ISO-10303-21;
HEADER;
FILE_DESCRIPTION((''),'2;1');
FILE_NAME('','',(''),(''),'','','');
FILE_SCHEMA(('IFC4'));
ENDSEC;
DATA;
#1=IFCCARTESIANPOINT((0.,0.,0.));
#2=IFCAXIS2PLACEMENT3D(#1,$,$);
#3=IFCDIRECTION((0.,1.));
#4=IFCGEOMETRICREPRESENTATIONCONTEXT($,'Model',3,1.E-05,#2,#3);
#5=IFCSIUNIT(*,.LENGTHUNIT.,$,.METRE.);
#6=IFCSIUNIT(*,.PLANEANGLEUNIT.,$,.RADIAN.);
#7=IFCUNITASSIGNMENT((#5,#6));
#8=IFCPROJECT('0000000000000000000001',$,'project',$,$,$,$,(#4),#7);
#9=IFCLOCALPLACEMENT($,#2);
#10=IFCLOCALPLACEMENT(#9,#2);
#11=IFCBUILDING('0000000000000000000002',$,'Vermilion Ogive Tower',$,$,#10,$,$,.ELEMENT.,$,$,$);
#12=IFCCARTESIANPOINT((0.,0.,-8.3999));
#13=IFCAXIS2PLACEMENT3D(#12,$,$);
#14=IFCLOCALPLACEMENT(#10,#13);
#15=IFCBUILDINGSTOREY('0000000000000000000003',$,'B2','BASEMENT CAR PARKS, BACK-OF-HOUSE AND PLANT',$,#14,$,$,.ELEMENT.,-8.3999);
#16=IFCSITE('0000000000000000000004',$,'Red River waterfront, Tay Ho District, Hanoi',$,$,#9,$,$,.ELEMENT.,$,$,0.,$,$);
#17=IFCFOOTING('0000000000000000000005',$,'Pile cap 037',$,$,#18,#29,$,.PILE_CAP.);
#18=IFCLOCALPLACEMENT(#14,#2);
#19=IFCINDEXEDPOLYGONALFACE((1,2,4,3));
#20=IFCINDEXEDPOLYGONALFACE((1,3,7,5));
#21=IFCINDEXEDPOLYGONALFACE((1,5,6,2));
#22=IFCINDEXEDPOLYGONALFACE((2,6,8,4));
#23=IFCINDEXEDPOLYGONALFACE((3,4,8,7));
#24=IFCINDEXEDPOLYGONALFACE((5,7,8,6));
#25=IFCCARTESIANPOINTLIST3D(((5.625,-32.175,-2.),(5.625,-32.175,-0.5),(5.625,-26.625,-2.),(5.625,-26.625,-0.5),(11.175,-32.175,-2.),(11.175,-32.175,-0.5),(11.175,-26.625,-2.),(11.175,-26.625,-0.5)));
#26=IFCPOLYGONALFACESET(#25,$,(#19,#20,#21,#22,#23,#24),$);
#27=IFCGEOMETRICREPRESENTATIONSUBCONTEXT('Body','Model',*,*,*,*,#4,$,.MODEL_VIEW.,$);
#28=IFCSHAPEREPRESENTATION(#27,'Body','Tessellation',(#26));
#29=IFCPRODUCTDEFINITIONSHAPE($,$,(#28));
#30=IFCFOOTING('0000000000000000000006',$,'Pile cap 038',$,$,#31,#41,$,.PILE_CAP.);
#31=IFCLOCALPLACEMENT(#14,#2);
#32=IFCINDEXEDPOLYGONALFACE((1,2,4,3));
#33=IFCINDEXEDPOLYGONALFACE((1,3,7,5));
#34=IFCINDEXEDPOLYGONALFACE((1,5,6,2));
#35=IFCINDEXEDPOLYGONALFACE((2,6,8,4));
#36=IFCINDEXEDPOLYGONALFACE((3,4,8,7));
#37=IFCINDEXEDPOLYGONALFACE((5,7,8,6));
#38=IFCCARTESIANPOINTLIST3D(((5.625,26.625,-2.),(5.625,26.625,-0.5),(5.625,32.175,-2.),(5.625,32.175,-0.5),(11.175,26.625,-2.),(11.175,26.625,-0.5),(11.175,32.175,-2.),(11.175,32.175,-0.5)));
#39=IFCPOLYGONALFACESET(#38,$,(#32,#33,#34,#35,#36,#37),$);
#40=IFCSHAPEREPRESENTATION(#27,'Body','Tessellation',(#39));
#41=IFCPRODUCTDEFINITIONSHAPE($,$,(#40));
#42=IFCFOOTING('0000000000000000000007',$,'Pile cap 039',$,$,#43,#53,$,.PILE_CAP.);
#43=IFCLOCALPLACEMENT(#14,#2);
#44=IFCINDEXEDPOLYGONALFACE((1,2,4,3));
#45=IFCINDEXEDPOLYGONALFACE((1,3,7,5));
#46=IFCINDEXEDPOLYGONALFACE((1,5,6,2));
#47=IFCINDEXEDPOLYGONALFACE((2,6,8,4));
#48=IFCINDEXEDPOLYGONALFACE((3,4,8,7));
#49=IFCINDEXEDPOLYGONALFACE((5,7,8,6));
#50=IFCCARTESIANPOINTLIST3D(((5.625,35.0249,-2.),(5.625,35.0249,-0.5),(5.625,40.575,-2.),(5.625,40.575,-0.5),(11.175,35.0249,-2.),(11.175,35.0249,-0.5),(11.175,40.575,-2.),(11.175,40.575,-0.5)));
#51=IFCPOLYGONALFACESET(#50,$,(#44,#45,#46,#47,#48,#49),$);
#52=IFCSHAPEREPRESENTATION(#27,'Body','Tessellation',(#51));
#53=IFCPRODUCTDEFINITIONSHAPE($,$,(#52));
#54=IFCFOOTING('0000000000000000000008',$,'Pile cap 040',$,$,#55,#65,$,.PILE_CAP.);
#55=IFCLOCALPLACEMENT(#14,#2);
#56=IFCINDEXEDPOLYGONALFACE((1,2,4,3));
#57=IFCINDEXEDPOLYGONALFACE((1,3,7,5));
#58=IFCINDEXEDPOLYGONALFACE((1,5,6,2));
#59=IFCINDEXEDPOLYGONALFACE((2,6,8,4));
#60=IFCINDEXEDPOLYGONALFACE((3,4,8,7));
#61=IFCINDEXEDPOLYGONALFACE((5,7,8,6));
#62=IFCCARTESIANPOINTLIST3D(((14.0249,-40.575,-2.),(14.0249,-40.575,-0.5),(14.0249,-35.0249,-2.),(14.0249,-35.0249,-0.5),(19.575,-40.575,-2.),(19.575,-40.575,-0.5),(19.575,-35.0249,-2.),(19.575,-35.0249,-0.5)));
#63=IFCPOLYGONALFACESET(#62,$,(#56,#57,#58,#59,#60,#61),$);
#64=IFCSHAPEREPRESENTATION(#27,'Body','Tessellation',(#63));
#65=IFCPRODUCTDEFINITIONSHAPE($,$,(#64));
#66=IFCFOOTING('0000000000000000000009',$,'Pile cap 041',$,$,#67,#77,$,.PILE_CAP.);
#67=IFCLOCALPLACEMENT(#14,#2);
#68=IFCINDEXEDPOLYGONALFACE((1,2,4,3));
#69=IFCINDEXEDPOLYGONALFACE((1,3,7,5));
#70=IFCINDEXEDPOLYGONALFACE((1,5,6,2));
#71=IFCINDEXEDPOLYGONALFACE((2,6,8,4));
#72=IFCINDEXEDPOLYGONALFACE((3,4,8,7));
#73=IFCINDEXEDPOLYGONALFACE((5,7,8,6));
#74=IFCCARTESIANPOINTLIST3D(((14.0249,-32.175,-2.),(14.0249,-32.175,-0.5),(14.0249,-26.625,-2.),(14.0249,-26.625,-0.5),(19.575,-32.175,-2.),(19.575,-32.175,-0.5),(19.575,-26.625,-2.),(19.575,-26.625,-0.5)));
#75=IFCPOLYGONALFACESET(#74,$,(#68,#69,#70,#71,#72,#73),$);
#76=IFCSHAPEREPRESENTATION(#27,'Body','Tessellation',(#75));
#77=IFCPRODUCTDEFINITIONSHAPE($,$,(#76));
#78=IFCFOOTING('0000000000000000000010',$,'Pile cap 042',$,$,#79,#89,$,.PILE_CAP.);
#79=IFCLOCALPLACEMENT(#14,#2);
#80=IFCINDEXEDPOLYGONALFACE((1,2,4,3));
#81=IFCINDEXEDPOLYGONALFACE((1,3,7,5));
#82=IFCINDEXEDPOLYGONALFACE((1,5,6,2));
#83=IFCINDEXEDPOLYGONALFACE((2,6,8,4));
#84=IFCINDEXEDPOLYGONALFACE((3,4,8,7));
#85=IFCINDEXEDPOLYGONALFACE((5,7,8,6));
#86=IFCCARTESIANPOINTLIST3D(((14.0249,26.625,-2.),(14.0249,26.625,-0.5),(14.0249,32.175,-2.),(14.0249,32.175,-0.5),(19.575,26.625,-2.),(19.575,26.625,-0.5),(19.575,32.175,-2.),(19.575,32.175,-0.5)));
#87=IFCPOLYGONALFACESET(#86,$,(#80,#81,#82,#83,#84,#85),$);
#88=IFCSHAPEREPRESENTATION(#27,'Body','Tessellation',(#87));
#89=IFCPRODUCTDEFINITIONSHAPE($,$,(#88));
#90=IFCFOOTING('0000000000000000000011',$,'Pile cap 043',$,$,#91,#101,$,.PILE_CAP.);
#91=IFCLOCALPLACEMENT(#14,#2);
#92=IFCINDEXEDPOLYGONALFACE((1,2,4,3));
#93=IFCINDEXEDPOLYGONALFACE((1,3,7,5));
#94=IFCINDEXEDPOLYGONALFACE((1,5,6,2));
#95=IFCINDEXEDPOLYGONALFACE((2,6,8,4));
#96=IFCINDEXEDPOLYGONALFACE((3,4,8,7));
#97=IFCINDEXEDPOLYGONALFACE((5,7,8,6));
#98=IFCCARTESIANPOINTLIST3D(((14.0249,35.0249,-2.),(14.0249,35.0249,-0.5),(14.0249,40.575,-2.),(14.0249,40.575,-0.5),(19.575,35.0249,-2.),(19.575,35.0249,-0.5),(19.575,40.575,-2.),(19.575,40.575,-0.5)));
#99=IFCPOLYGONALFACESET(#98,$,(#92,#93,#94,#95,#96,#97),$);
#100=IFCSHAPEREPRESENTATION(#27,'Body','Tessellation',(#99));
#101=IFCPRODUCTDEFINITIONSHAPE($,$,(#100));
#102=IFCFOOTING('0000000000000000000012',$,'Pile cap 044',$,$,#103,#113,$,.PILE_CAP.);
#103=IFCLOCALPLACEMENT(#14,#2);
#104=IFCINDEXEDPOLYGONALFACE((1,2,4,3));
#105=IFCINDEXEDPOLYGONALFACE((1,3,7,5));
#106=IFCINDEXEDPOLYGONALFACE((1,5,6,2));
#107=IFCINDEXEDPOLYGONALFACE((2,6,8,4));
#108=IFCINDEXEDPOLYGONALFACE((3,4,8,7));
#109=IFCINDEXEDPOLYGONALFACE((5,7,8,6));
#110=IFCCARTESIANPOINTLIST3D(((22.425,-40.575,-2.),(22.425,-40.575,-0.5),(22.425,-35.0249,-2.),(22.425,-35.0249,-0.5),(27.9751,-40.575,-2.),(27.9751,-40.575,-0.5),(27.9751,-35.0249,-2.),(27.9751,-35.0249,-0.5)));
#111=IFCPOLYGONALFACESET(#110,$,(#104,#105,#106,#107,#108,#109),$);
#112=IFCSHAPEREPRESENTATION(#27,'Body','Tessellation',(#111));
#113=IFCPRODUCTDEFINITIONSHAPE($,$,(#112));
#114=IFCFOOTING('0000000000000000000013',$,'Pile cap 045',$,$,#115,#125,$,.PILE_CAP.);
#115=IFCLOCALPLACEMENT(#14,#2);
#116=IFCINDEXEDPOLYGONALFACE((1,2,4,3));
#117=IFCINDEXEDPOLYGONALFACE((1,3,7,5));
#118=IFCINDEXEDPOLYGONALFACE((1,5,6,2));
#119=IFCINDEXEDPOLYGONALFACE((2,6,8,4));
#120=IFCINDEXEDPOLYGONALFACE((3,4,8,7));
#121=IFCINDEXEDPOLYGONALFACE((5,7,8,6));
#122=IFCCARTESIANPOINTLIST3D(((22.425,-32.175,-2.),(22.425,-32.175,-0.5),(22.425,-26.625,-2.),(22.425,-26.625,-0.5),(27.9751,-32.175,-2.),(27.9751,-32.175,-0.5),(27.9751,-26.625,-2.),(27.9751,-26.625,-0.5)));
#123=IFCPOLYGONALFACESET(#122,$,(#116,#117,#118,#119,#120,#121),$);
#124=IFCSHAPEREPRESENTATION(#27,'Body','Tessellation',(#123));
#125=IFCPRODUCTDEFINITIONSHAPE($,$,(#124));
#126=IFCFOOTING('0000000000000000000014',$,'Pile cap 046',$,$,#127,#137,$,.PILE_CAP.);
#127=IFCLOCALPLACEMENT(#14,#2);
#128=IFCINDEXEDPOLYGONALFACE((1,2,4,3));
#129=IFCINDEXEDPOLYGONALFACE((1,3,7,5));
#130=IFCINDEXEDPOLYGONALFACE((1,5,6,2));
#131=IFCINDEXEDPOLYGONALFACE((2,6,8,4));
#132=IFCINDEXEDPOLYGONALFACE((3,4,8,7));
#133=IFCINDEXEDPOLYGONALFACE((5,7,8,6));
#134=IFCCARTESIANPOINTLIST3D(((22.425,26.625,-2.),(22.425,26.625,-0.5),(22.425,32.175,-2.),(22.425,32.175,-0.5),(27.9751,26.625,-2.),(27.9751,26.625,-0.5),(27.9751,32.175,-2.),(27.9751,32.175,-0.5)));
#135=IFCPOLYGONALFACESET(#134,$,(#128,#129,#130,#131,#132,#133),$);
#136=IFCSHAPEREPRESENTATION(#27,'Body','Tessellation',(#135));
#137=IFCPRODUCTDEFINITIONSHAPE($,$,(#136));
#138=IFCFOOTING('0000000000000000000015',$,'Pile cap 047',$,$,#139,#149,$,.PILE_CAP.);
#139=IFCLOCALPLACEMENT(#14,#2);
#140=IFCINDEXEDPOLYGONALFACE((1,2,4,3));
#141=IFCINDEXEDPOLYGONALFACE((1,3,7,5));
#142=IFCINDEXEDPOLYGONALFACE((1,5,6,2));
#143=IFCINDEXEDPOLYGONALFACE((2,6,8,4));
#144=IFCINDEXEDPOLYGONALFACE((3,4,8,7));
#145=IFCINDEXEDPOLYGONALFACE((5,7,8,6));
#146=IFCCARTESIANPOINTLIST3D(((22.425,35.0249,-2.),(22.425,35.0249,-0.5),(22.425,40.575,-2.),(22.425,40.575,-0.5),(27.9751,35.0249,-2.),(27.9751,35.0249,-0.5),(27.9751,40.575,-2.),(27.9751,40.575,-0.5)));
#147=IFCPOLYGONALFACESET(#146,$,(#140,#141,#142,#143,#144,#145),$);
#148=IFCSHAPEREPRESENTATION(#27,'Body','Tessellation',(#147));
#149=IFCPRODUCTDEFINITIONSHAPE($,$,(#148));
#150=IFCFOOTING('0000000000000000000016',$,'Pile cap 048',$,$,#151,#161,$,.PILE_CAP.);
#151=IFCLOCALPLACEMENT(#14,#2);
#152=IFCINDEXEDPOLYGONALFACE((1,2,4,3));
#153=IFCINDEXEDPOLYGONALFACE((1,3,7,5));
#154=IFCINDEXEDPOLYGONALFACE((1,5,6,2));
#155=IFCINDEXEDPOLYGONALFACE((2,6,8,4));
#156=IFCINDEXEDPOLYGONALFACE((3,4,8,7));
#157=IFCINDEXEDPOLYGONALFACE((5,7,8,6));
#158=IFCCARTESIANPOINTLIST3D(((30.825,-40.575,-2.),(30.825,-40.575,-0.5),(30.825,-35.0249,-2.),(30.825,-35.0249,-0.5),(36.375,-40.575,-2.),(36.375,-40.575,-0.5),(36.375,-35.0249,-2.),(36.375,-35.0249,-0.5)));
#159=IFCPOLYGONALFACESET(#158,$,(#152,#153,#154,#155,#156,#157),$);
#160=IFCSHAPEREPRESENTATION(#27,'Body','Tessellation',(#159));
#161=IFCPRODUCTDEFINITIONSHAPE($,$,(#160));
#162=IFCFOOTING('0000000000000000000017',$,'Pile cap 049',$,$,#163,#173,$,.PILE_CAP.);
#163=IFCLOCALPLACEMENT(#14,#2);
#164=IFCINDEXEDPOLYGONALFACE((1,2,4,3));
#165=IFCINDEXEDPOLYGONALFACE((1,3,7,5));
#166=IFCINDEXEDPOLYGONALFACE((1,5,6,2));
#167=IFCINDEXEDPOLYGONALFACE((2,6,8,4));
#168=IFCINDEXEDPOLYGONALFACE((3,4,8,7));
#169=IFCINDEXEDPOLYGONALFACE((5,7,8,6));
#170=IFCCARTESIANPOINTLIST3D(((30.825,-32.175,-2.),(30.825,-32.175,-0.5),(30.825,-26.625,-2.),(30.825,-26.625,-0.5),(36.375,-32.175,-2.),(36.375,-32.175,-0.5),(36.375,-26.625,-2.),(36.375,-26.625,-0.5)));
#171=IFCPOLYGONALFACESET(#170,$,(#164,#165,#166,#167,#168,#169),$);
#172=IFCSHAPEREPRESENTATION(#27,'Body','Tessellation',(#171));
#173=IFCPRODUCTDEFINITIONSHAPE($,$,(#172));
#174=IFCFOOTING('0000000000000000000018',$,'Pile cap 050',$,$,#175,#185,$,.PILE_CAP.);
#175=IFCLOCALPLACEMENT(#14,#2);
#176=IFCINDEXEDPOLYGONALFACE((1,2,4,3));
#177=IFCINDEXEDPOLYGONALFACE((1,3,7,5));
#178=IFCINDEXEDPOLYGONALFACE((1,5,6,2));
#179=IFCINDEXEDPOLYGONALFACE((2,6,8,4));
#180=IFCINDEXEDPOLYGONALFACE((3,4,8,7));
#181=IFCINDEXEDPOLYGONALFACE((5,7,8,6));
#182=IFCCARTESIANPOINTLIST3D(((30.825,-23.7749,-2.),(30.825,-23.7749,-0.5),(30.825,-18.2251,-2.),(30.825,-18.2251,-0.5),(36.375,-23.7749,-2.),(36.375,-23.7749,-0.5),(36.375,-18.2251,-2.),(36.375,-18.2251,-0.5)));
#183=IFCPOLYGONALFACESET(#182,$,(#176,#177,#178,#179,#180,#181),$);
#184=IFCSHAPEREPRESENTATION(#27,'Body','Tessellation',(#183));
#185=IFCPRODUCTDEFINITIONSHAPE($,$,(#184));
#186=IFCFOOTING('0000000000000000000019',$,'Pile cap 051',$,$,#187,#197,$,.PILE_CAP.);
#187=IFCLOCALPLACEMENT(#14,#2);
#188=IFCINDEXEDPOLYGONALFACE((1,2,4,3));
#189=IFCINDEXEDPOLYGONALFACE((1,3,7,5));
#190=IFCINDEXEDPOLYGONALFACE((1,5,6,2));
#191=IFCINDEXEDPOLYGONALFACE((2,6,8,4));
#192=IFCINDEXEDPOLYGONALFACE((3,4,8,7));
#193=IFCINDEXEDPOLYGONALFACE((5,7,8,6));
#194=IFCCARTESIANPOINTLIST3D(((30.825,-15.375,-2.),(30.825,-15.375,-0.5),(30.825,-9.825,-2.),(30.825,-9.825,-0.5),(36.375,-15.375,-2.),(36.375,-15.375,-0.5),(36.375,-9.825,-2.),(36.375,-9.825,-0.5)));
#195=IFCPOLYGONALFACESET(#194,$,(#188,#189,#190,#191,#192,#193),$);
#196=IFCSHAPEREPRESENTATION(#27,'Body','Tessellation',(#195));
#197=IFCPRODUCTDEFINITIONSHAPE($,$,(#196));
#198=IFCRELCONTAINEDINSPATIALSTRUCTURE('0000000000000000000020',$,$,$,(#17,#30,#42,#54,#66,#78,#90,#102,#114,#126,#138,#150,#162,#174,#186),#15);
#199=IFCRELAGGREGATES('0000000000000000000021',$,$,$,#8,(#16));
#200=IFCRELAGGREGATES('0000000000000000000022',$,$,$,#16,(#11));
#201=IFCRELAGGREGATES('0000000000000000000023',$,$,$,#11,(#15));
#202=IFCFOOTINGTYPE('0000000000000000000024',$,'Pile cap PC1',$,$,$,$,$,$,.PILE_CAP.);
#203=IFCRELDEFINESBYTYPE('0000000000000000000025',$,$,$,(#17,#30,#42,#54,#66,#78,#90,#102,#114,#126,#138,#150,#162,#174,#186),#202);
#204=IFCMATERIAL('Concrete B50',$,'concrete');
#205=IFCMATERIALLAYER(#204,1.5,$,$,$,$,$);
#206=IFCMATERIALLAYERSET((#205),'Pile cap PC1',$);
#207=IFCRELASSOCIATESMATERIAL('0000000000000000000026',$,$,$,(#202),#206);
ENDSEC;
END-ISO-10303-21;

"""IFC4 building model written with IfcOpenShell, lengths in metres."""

from ifc_helpers import new_model, si_unit, direction, frame, origin, place, context, subcontext, project, spatial, polyline, outline, extrude, material, layer, layer_set, type_object, element, save


model = new_model("IFC4")

# Units and contexts
model_context = context("Model", 3, precision=1e-05, world=origin(), true_north=direction((0.0, 1.0)))
body_context = subcontext(model_context, "Body", "Model", "MODEL_VIEW")
ifc_project = project(units=[si_unit("LENGTHUNIT", "METRE"), si_unit("PLANEANGLEUNIT", "RADIAN")], contexts=[model_context])

# Site, building, storey
site_placement = place(None, origin())
site = spatial("IfcSite", under=ifc_project, at=site_placement, Name="Red River waterfront, Tay Ho District, Hanoi", CompositionType="ELEMENT", RefElevation=0.0)
building_placement = place(site_placement, origin())
building = spatial("IfcBuilding", under=site, at=building_placement, Name="Vermilion Ogive Tower", CompositionType="ELEMENT")
storey_placement = place(building_placement, frame((0.0, 0.0, -8.3999)))
storey = spatial("IfcBuildingStorey", under=building, at=storey_placement, Name="B2", Description="BASEMENT CAR PARKS, BACK-OF-HOUSE AND PLANT", CompositionType="ELEMENT", Elevation=-8.3999)

# Footings
ifc_material = material(Name="Concrete B50", Category="concrete")
ifc_layer = layer(ifc_material, 1.5)
ifc_layer_set = layer_set([ifc_layer], Name="Pile cap PC1")
footing_type = type_object("IfcFootingType", Name="Pile cap PC1", PredefinedType="PILE_CAP", material=ifc_layer_set)
footing_1_placement = place(storey_placement, frame((0.0, 0.0, -2.0)))
element("IfcFooting", 1, at=footing_1_placement, inside=storey, type_object=footing_type, Name="Pile cap 037", PredefinedType="PILE_CAP", context=body_context, shape_type="SweptSolid", body=[
    extrude(outline(polyline([(5.625, -32.175), (11.175, -32.175), (11.175, -26.625), (5.625, -26.625), (5.625, -32.175)])), origin(), (0.0, 0.0, 1.0), 1.5),
])
footing_2_placement = place(storey_placement, frame((0.0, 0.0, -2.0)))
element("IfcFooting", 2, at=footing_2_placement, inside=storey, type_object=footing_type, Name="Pile cap 038", PredefinedType="PILE_CAP", context=body_context, shape_type="SweptSolid", body=[
    extrude(outline(polyline([(5.625, 26.625), (11.175, 26.625), (11.175, 32.175), (5.625, 32.175), (5.625, 26.625)])), origin(), (0.0, 0.0, 1.0), 1.5),
])
footing_3_placement = place(storey_placement, frame((0.0, 0.0, -2.0)))
element("IfcFooting", 3, at=footing_3_placement, inside=storey, type_object=footing_type, Name="Pile cap 039", PredefinedType="PILE_CAP", context=body_context, shape_type="SweptSolid", body=[
    extrude(outline(polyline([(5.625, 35.0249), (11.175, 35.0249), (11.175, 40.575), (5.625, 40.575), (5.625, 35.0249)])), origin(), (0.0, 0.0, 1.0), 1.5),
])
footing_4_placement = place(storey_placement, frame((0.0, 0.0, -2.0)))
element("IfcFooting", 4, at=footing_4_placement, inside=storey, type_object=footing_type, Name="Pile cap 040", PredefinedType="PILE_CAP", context=body_context, shape_type="SweptSolid", body=[
    extrude(outline(polyline([(14.0249, -40.575), (19.575, -40.575), (19.575, -35.0249), (14.0249, -35.0249), (14.0249, -40.575)])), origin(), (0.0, 0.0, 1.0), 1.5),
])
footing_5_placement = place(storey_placement, frame((0.0, 0.0, -2.0)))
element("IfcFooting", 5, at=footing_5_placement, inside=storey, type_object=footing_type, Name="Pile cap 041", PredefinedType="PILE_CAP", context=body_context, shape_type="SweptSolid", body=[
    extrude(outline(polyline([(14.0249, -32.175), (19.575, -32.175), (19.575, -26.625), (14.0249, -26.625), (14.0249, -32.175)])), origin(), (0.0, 0.0, 1.0), 1.5),
])
footing_6_placement = place(storey_placement, frame((0.0, 0.0, -2.0)))
element("IfcFooting", 6, at=footing_6_placement, inside=storey, type_object=footing_type, Name="Pile cap 042", PredefinedType="PILE_CAP", context=body_context, shape_type="SweptSolid", body=[
    extrude(outline(polyline([(14.0249, 26.625), (19.575, 26.625), (19.575, 32.175), (14.0249, 32.175), (14.0249, 26.625)])), origin(), (0.0, 0.0, 1.0), 1.5),
])
footing_7_placement = place(storey_placement, frame((0.0, 0.0, -2.0)))
element("IfcFooting", 7, at=footing_7_placement, inside=storey, type_object=footing_type, Name="Pile cap 043", PredefinedType="PILE_CAP", context=body_context, shape_type="SweptSolid", body=[
    extrude(outline(polyline([(14.0249, 35.0249), (19.575, 35.0249), (19.575, 40.575), (14.0249, 40.575), (14.0249, 35.0249)])), origin(), (0.0, 0.0, 1.0), 1.5),
])
footing_8_placement = place(storey_placement, frame((0.0, 0.0, -2.0)))
element("IfcFooting", 8, at=footing_8_placement, inside=storey, type_object=footing_type, Name="Pile cap 044", PredefinedType="PILE_CAP", context=body_context, shape_type="SweptSolid", body=[
    extrude(outline(polyline([(22.425, -40.575), (27.9751, -40.575), (27.9751, -35.0249), (22.425, -35.0249), (22.425, -40.575)])), origin(), (0.0, 0.0, 1.0), 1.5),
])
footing_9_placement = place(storey_placement, frame((0.0, 0.0, -2.0)))
element("IfcFooting", 9, at=footing_9_placement, inside=storey, type_object=footing_type, Name="Pile cap 045", PredefinedType="PILE_CAP", context=body_context, shape_type="SweptSolid", body=[
    extrude(outline(polyline([(22.425, -32.175), (27.9751, -32.175), (27.9751, -26.625), (22.425, -26.625), (22.425, -32.175)])), origin(), (0.0, 0.0, 1.0), 1.5),
])
footing_10_placement = place(storey_placement, frame((0.0, 0.0, -2.0)))
element("IfcFooting", 10, at=footing_10_placement, inside=storey, type_object=footing_type, Name="Pile cap 046", PredefinedType="PILE_CAP", context=body_context, shape_type="SweptSolid", body=[
    extrude(outline(polyline([(22.425, 26.625), (27.9751, 26.625), (27.9751, 32.175), (22.425, 32.175), (22.425, 26.625)])), origin(), (0.0, 0.0, 1.0), 1.5),
])
footing_11_placement = place(storey_placement, frame((0.0, 0.0, -2.0)))
element("IfcFooting", 11, at=footing_11_placement, inside=storey, type_object=footing_type, Name="Pile cap 047", PredefinedType="PILE_CAP", context=body_context, shape_type="SweptSolid", body=[
    extrude(outline(polyline([(22.425, 35.0249), (27.9751, 35.0249), (27.9751, 40.575), (22.425, 40.575), (22.425, 35.0249)])), origin(), (0.0, 0.0, 1.0), 1.5),
])
footing_12_placement = place(storey_placement, frame((0.0, 0.0, -2.0)))
element("IfcFooting", 12, at=footing_12_placement, inside=storey, type_object=footing_type, Name="Pile cap 048", PredefinedType="PILE_CAP", context=body_context, shape_type="SweptSolid", body=[
    extrude(outline(polyline([(30.825, -40.575), (36.375, -40.575), (36.375, -35.0249), (30.825, -35.0249), (30.825, -40.575)])), origin(), (0.0, 0.0, 1.0), 1.5),
])
footing_13_placement = place(storey_placement, frame((0.0, 0.0, -2.0)))
element("IfcFooting", 13, at=footing_13_placement, inside=storey, type_object=footing_type, Name="Pile cap 049", PredefinedType="PILE_CAP", context=body_context, shape_type="SweptSolid", body=[
    extrude(outline(polyline([(30.825, -32.175), (36.375, -32.175), (36.375, -26.625), (30.825, -26.625), (30.825, -32.175)])), origin(), (0.0, 0.0, 1.0), 1.5),
])
footing_14_placement = place(storey_placement, frame((0.0, 0.0, -2.0)))
element("IfcFooting", 14, at=footing_14_placement, inside=storey, type_object=footing_type, Name="Pile cap 050", PredefinedType="PILE_CAP", context=body_context, shape_type="SweptSolid", body=[
    extrude(outline(polyline([(30.825, -23.7749), (36.375, -23.7749), (36.375, -18.2251), (30.825, -18.2251), (30.825, -23.7749)])), origin(), (0.0, 0.0, 1.0), 1.5),
])
footing_15_placement = place(storey_placement, frame((0.0, 0.0, -2.0)))
element("IfcFooting", 15, at=footing_15_placement, inside=storey, type_object=footing_type, Name="Pile cap 051", PredefinedType="PILE_CAP", context=body_context, shape_type="SweptSolid", body=[
    extrude(outline(polyline([(30.825, -15.375), (36.375, -15.375), (36.375, -9.825), (30.825, -9.825), (30.825, -15.375)])), origin(), (0.0, 0.0, 1.0), 1.5),
])

save(model, "model.ifc")
